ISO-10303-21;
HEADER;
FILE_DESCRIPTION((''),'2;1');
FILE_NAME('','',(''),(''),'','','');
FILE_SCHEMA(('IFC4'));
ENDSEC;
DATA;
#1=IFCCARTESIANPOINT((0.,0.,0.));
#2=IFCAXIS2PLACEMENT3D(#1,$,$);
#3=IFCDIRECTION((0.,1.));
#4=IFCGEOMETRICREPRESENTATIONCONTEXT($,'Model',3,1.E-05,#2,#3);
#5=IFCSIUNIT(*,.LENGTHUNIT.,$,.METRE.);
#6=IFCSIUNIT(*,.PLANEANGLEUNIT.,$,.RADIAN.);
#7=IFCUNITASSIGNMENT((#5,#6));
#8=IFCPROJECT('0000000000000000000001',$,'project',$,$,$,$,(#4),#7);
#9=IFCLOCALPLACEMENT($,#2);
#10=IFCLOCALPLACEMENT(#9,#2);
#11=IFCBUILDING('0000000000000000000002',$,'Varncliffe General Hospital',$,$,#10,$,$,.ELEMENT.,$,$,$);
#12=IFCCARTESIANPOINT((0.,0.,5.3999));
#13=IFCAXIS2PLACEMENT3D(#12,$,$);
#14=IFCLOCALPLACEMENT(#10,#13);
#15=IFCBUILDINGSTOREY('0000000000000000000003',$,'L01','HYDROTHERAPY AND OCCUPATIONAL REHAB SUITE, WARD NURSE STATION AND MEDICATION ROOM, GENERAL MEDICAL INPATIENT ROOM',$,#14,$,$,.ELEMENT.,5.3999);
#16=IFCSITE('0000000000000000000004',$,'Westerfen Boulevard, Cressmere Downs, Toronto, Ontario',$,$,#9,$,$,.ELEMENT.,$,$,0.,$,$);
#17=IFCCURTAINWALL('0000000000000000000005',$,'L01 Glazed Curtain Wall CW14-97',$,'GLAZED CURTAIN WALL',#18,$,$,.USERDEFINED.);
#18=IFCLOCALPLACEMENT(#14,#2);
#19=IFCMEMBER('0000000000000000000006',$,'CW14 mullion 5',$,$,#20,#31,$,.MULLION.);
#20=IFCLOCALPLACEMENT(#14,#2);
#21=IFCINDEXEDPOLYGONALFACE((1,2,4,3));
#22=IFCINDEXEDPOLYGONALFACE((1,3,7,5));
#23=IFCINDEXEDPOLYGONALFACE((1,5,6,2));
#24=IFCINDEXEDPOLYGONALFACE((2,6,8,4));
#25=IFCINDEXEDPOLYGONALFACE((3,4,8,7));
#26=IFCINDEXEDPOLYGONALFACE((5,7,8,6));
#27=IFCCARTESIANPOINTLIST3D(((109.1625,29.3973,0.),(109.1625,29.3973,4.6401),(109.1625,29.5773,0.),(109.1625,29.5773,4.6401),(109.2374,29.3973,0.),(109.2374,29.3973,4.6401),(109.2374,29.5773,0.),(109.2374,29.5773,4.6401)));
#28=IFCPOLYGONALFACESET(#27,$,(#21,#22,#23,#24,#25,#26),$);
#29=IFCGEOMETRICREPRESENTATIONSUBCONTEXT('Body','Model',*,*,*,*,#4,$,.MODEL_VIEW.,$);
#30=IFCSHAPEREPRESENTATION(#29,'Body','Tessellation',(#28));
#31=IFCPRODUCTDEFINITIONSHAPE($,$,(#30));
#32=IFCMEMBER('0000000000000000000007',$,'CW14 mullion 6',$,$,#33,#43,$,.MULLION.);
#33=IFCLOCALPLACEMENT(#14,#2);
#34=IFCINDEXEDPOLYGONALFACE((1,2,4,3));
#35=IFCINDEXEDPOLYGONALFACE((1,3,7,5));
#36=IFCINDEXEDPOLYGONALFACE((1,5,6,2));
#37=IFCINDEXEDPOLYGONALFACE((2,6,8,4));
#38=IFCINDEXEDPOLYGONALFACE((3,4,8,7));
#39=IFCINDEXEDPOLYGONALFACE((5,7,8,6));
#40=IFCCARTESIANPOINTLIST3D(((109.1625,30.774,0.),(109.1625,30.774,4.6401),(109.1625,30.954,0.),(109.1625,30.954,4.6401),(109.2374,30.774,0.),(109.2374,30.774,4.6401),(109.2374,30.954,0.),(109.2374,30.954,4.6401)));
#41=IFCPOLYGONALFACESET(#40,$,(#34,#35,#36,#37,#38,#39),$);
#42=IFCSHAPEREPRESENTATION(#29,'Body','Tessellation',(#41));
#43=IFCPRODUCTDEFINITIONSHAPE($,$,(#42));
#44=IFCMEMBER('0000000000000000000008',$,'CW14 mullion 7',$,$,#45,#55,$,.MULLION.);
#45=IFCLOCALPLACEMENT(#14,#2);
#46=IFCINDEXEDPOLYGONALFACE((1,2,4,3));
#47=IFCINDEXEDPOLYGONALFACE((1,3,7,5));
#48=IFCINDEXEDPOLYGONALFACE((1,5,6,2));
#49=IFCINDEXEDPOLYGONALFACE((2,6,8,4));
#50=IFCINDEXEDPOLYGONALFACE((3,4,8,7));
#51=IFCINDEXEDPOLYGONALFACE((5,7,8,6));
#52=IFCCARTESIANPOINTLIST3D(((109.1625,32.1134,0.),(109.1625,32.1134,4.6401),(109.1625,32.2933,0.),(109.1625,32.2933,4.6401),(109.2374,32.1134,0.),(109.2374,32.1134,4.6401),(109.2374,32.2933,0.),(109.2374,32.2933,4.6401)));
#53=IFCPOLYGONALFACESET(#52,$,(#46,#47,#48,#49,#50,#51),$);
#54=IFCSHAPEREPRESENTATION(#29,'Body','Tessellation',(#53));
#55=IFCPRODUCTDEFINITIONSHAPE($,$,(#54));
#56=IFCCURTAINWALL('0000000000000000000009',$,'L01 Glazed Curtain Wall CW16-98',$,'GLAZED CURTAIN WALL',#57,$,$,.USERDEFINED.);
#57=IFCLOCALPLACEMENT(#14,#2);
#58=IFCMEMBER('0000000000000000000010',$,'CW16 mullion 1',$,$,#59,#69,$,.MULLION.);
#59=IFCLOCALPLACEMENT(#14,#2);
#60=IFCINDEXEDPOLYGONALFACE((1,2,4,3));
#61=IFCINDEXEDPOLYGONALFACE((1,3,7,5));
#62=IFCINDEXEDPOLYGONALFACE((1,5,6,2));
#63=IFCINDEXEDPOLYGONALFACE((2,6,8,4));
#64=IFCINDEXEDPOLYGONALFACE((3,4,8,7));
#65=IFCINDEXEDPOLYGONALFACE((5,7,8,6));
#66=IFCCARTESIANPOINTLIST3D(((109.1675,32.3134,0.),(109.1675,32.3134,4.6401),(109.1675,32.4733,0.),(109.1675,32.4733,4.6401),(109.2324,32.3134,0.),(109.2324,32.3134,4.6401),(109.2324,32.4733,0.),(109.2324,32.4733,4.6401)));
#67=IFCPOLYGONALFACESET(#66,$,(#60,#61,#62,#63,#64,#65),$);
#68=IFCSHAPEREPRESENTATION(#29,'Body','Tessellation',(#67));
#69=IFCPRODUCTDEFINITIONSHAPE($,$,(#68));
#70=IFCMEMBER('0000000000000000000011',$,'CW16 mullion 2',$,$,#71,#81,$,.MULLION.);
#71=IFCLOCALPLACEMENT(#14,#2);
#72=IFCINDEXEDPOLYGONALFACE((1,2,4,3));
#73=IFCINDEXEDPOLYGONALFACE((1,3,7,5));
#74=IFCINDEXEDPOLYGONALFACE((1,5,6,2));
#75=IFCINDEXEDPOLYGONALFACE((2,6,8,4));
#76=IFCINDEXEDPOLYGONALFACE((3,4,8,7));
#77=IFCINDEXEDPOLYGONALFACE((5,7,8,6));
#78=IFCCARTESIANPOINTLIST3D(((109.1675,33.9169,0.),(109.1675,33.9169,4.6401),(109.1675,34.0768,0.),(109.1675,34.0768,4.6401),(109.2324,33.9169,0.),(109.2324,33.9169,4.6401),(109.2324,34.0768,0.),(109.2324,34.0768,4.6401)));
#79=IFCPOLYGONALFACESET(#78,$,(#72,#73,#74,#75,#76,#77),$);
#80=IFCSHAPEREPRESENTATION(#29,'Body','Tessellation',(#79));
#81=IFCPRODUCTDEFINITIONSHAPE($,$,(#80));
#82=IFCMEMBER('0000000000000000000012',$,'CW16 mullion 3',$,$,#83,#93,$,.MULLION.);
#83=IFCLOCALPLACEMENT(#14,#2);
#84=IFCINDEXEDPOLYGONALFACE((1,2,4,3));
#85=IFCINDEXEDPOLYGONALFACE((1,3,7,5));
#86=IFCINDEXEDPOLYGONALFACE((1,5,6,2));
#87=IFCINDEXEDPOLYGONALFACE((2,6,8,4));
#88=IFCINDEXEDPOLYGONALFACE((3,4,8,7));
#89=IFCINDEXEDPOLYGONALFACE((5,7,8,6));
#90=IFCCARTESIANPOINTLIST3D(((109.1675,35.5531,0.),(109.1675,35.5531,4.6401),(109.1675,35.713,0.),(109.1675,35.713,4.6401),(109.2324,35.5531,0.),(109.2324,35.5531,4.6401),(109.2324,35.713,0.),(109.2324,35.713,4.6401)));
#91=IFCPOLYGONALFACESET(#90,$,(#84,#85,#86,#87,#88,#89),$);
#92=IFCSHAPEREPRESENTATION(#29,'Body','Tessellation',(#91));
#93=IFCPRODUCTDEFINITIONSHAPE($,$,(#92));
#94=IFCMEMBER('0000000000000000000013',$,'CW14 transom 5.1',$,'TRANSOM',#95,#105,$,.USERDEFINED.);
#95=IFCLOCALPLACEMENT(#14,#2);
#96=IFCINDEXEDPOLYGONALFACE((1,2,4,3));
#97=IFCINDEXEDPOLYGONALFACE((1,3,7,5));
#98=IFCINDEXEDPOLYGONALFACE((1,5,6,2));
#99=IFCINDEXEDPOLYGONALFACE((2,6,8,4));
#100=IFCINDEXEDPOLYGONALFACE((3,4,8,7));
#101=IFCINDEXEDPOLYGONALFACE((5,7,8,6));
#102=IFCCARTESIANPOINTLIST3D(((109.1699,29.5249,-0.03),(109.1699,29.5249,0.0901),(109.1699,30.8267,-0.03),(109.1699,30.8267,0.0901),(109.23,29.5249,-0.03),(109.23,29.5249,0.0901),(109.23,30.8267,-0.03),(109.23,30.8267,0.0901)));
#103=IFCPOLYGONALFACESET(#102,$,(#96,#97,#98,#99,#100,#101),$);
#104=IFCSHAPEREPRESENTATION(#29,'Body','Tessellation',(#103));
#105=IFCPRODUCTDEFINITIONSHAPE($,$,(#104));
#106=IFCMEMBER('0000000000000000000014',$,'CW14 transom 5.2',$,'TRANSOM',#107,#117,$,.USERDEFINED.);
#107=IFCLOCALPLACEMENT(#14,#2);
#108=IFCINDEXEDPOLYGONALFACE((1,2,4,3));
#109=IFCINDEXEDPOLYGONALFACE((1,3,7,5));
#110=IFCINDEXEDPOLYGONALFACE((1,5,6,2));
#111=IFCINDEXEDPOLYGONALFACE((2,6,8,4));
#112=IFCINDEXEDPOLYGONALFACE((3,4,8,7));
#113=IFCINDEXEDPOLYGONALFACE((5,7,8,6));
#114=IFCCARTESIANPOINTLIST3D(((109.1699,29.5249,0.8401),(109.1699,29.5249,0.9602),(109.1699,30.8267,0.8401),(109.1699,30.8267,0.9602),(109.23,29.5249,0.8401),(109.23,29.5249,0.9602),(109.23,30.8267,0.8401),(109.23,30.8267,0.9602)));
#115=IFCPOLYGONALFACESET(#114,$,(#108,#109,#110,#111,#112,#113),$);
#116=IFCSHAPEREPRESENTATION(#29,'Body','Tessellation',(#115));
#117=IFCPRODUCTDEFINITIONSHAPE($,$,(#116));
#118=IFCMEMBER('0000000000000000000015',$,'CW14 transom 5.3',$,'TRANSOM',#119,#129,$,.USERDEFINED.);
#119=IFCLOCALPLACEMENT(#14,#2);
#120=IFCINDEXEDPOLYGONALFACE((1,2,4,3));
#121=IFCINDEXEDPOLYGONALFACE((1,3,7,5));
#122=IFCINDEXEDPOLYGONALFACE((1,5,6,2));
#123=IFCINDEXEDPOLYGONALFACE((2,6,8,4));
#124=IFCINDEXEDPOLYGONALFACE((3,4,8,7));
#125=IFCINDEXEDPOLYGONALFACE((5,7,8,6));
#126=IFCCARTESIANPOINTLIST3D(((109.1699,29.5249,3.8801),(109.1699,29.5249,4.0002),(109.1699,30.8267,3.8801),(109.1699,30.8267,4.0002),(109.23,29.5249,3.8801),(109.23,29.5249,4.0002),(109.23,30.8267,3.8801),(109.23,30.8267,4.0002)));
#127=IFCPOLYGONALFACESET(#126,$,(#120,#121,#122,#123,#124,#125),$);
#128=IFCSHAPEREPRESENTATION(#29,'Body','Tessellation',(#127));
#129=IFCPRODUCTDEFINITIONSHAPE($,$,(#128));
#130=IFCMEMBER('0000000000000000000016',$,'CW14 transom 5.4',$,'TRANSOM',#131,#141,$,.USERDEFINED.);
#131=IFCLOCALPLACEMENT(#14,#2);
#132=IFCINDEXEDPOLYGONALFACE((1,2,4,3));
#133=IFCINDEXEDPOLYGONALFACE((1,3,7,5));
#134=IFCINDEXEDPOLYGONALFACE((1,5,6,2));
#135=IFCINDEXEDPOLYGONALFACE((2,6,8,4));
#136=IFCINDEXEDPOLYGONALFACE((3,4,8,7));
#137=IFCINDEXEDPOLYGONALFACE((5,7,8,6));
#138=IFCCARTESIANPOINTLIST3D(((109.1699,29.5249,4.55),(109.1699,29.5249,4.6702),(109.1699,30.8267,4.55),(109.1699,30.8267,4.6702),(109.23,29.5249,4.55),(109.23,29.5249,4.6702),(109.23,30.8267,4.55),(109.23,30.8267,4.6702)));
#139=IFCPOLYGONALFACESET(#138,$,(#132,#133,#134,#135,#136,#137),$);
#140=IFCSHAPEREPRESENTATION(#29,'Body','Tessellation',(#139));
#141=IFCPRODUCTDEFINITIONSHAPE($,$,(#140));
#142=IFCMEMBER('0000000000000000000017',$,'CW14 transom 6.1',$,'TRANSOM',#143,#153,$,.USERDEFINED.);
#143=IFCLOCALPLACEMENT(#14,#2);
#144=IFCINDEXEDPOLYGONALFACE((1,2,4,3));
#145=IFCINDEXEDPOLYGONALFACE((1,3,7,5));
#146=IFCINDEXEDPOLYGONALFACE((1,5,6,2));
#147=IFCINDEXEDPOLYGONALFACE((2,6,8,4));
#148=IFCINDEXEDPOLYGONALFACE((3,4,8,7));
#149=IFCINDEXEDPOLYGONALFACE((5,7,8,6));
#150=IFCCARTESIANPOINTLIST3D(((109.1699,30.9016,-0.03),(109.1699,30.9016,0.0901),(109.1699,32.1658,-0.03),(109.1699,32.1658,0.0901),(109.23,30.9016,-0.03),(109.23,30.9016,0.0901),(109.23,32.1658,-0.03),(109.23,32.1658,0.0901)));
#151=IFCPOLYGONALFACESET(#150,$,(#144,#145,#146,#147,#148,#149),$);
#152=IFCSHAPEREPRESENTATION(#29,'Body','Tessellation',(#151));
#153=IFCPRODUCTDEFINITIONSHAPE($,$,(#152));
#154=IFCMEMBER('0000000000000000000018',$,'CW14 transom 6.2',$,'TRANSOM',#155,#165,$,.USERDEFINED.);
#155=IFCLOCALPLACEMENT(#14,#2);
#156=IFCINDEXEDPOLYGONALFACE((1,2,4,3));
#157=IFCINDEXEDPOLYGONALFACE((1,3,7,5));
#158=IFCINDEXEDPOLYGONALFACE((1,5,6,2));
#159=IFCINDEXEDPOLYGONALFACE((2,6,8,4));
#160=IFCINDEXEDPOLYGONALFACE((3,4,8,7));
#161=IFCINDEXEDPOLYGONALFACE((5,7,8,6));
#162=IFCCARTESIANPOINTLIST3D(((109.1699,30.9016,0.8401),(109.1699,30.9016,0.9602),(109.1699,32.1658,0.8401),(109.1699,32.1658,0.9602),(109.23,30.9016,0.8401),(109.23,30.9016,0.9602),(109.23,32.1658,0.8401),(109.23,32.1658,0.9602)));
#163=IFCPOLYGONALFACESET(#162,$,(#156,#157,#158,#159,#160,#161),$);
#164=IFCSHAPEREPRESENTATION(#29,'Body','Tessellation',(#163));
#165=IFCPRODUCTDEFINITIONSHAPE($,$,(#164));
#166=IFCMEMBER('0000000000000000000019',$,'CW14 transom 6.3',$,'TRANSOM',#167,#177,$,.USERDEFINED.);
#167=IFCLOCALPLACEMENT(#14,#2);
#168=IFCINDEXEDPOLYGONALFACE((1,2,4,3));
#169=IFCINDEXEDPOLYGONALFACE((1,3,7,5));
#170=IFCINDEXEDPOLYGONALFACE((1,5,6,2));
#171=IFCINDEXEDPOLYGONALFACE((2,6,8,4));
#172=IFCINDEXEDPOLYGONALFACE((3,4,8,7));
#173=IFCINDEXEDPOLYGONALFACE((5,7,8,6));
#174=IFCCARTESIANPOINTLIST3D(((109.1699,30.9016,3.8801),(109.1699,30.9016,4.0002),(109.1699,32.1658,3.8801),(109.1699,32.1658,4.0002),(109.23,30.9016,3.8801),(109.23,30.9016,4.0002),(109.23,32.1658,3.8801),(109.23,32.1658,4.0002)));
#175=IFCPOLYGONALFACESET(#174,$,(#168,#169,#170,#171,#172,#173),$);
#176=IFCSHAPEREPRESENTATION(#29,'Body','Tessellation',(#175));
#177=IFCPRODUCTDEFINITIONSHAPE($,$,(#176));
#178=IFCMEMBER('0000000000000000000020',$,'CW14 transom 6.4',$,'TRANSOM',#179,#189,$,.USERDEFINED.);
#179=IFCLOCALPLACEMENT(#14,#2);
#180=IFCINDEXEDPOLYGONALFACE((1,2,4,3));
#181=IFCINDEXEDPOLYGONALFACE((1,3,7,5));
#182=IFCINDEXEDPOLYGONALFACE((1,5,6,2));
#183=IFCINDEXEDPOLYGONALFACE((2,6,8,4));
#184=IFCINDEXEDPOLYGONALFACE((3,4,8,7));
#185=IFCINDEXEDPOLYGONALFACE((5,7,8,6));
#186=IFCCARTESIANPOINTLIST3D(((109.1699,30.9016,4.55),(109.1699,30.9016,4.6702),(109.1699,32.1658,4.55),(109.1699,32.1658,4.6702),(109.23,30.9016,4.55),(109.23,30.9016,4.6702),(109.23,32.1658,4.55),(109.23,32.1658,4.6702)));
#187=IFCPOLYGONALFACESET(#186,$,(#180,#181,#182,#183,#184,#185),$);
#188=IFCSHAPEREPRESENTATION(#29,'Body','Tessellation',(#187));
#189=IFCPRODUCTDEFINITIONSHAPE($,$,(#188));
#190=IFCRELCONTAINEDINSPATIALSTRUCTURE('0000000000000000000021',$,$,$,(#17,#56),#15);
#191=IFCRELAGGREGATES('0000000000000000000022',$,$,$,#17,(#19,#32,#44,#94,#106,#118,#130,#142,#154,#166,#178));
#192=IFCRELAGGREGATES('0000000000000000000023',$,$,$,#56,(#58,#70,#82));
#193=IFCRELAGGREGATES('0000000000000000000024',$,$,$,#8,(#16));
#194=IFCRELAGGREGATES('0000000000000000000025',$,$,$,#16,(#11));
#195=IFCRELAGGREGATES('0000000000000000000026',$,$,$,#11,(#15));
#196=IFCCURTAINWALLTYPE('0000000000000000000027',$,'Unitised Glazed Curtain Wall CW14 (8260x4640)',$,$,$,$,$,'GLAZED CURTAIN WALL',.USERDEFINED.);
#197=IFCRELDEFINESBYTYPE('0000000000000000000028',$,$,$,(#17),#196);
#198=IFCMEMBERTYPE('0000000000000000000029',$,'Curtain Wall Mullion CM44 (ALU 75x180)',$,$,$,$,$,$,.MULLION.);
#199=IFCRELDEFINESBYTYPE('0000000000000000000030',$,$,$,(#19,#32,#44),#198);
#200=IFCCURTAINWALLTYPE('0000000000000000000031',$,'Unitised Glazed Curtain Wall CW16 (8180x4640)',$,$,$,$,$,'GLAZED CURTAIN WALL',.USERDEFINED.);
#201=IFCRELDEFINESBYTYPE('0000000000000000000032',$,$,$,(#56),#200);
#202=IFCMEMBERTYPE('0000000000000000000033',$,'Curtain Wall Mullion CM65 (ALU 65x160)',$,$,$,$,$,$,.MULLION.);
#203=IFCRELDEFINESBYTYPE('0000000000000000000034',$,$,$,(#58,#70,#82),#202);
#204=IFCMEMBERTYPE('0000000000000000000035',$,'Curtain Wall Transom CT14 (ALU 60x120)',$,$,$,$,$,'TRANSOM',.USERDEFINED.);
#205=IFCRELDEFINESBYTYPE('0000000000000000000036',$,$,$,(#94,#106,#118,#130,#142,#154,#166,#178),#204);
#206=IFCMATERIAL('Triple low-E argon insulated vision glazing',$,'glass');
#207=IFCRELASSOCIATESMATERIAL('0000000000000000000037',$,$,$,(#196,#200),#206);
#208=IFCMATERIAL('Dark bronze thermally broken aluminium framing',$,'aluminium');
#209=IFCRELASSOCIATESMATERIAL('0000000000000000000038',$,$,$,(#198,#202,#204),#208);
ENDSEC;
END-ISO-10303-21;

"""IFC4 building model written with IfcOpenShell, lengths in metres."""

from ifc_helpers import new_model, si_unit, direction, frame, origin, origin_2d, place, context, subcontext, project, spatial, rectangle, extrude, material, material_profile, profile_set, type_object, element, aggregate, save


model = new_model("IFC4")

# Units and contexts
model_context = context("Model", 3, precision=1e-05, world=origin(), true_north=direction((0.0, 1.0)))
body_context = subcontext(model_context, "Body", "Model", "MODEL_VIEW")
ifc_project = project(units=[si_unit("LENGTHUNIT", "METRE"), si_unit("PLANEANGLEUNIT", "RADIAN")], contexts=[model_context])

# Site, building, storey
site_placement = place(None, origin())
site = spatial("IfcSite", under=ifc_project, at=site_placement, Name="Westerfen Boulevard, Cressmere Downs, Toronto, Ontario", CompositionType="ELEMENT", RefElevation=0.0)
building_placement = place(site_placement, origin())
building = spatial("IfcBuilding", under=site, at=building_placement, Name="Varncliffe General Hospital", CompositionType="ELEMENT")
storey_placement = place(building_placement, frame((0.0, 0.0, 5.3999)))
storey = spatial("IfcBuildingStorey", under=building, at=storey_placement, Name="L01", Description="HYDROTHERAPY AND OCCUPATIONAL REHAB SUITE, WARD NURSE STATION AND MEDICATION ROOM, GENERAL MEDICAL INPATIENT ROOM", CompositionType="ELEMENT", Elevation=5.3999)

# Curtain walls, members
ifc_material_1 = material(Name="Triple low-E argon insulated vision glazing", Category="glass")
curtain_wall_type_1 = type_object("IfcCurtainWallType", Name="Unitised Glazed Curtain Wall CW14 (8260x4640)", ElementType="GLAZED CURTAIN WALL", PredefinedType="USERDEFINED", material=ifc_material_1)
curtain_wall_1_placement = place(storey_placement, origin())
curtain_wall_1 = element("IfcCurtainWall", 1, at=curtain_wall_1_placement, inside=storey, type_object=curtain_wall_type_1, Name="L01 Glazed Curtain Wall CW14-97", ObjectType="GLAZED CURTAIN WALL", PredefinedType="USERDEFINED")
ifc_material_2 = material(Name="Dark bronze thermally broken aluminium framing", Category="aluminium")
ifc_material_profile_1 = material_profile(ifc_material_2, rectangle(XDim=0.075, YDim=0.1799, at=origin_2d()), Name="ALU 75x180")
ifc_profile_set_1 = profile_set([ifc_material_profile_1], Name="Dark bronze thermally broken aluminium framing")
member_type_1 = type_object("IfcMemberType", Name="Curtain Wall Mullion CM44 (ALU 75x180)", PredefinedType="MULLION", material=ifc_profile_set_1)
member_1_placement = place(storey_placement, frame((109.2, 29.4873, 0.0), z_axis=(0.0, 0.0, 1.0), x_axis=(-1.0, 0.0, 0.0)))
member_1 = element("IfcMember", 2, at=member_1_placement, type_object=member_type_1, Name="CW14 mullion 5", PredefinedType="MULLION", context=body_context, shape_type="SweptSolid", body=[
    extrude(rectangle(XDim=0.075, YDim=0.1799, at=origin_2d()), origin(), (0.0, 0.0, 1.0), 4.6401),
])
member_2_placement = place(storey_placement, frame((109.2, 30.864, 0.0), z_axis=(0.0, 0.0, 1.0), x_axis=(-1.0, 0.0, 0.0)))
member_2 = element("IfcMember", 3, at=member_2_placement, type_object=member_type_1, Name="CW14 mullion 6", PredefinedType="MULLION", context=body_context, shape_type="SweptSolid", body=[
    extrude(rectangle(XDim=0.075, YDim=0.1799, at=origin_2d()), origin(), (0.0, 0.0, 1.0), 4.6401),
])
member_3_placement = place(storey_placement, frame((109.2, 32.2034, 0.0), z_axis=(0.0, 0.0, 1.0), x_axis=(-1.0, 0.0, 0.0)))
member_3 = element("IfcMember", 4, at=member_3_placement, type_object=member_type_1, Name="CW14 mullion 7", PredefinedType="MULLION", context=body_context, shape_type="SweptSolid", body=[
    extrude(rectangle(XDim=0.075, YDim=0.1799, at=origin_2d()), origin(), (0.0, 0.0, 1.0), 4.6401),
])
curtain_wall_type_2 = type_object("IfcCurtainWallType", Name="Unitised Glazed Curtain Wall CW16 (8180x4640)", ElementType="GLAZED CURTAIN WALL", PredefinedType="USERDEFINED", material=ifc_material_1)
curtain_wall_2_placement = place(storey_placement, origin())
curtain_wall_2 = element("IfcCurtainWall", 5, at=curtain_wall_2_placement, inside=storey, type_object=curtain_wall_type_2, Name="L01 Glazed Curtain Wall CW16-98", ObjectType="GLAZED CURTAIN WALL", PredefinedType="USERDEFINED")
ifc_material_profile_2 = material_profile(ifc_material_2, rectangle(XDim=0.0649, YDim=0.1599, at=origin_2d()), Name="ALU 65x160")
ifc_profile_set_2 = profile_set([ifc_material_profile_2], Name="Dark bronze thermally broken aluminium framing")
member_type_2 = type_object("IfcMemberType", Name="Curtain Wall Mullion CM65 (ALU 65x160)", PredefinedType="MULLION", material=ifc_profile_set_2)
member_4_placement = place(storey_placement, frame((109.2, 32.3933, 0.0), z_axis=(0.0, 0.0, 1.0), x_axis=(-1.0, 0.0, 0.0)))
member_4 = element("IfcMember", 6, at=member_4_placement, type_object=member_type_2, Name="CW16 mullion 1", PredefinedType="MULLION", context=body_context, shape_type="SweptSolid", body=[
    extrude(rectangle(XDim=0.0649, YDim=0.1599, at=origin_2d()), origin(), (0.0, 0.0, 1.0), 4.6401),
])
member_5_placement = place(storey_placement, frame((109.2, 33.9968, 0.0), z_axis=(0.0, 0.0, 1.0), x_axis=(-1.0, 0.0, 0.0)))
member_5 = element("IfcMember", 7, at=member_5_placement, type_object=member_type_2, Name="CW16 mullion 2", PredefinedType="MULLION", context=body_context, shape_type="SweptSolid", body=[
    extrude(rectangle(XDim=0.0649, YDim=0.1599, at=origin_2d()), origin(), (0.0, 0.0, 1.0), 4.6401),
])
member_6_placement = place(storey_placement, frame((109.2, 35.6331, 0.0), z_axis=(0.0, 0.0, 1.0), x_axis=(-1.0, 0.0, 0.0)))
member_6 = element("IfcMember", 8, at=member_6_placement, type_object=member_type_2, Name="CW16 mullion 3", PredefinedType="MULLION", context=body_context, shape_type="SweptSolid", body=[
    extrude(rectangle(XDim=0.0649, YDim=0.1599, at=origin_2d()), origin(), (0.0, 0.0, 1.0), 4.6401),
])

# Members
ifc_material_profile_3 = material_profile(ifc_material_2, rectangle(XDim=0.0601, YDim=0.1201, at=origin_2d()), Name="ALU 60x120")
ifc_profile_set_3 = profile_set([ifc_material_profile_3], Name="Dark bronze thermally broken aluminium framing")
member_type_3 = type_object("IfcMemberType", Name="Curtain Wall Transom CT14 (ALU 60x120)", ElementType="TRANSOM", PredefinedType="USERDEFINED", material=ifc_profile_set_3)
member_7_placement = place(storey_placement, frame((109.2, 29.5249, 0.03), z_axis=(0.0, 1.0, 0.0), x_axis=(-1.0, 0.0, 0.0)))
member_7 = element("IfcMember", 9, at=member_7_placement, type_object=member_type_3, Name="CW14 transom 5.1", ObjectType="TRANSOM", PredefinedType="USERDEFINED", context=body_context, shape_type="SweptSolid", body=[
    extrude(rectangle(XDim=0.0601, YDim=0.1201, at=origin_2d()), origin(), (0.0, 0.0, 1.0), 1.3018),
])
member_8_placement = place(storey_placement, frame((109.2, 29.5249, 0.9001), z_axis=(0.0, 1.0, 0.0), x_axis=(-1.0, 0.0, 0.0)))
member_8 = element("IfcMember", 10, at=member_8_placement, type_object=member_type_3, Name="CW14 transom 5.2", ObjectType="TRANSOM", PredefinedType="USERDEFINED", context=body_context, shape_type="SweptSolid", body=[
    extrude(rectangle(XDim=0.0601, YDim=0.1201, at=origin_2d()), origin(), (0.0, 0.0, 1.0), 1.3018),
])
member_9_placement = place(storey_placement, frame((109.2, 29.5249, 3.9402), z_axis=(0.0, 1.0, 0.0), x_axis=(-1.0, 0.0, 0.0)))
member_9 = element("IfcMember", 11, at=member_9_placement, type_object=member_type_3, Name="CW14 transom 5.3", ObjectType="TRANSOM", PredefinedType="USERDEFINED", context=body_context, shape_type="SweptSolid", body=[
    extrude(rectangle(XDim=0.0601, YDim=0.1201, at=origin_2d()), origin(), (0.0, 0.0, 1.0), 1.3018),
])
member_10_placement = place(storey_placement, frame((109.2, 29.5249, 4.6101), z_axis=(0.0, 1.0, 0.0), x_axis=(-1.0, 0.0, 0.0)))
member_10 = element("IfcMember", 12, at=member_10_placement, type_object=member_type_3, Name="CW14 transom 5.4", ObjectType="TRANSOM", PredefinedType="USERDEFINED", context=body_context, shape_type="SweptSolid", body=[
    extrude(rectangle(XDim=0.0601, YDim=0.1201, at=origin_2d()), origin(), (0.0, 0.0, 1.0), 1.3018),
])
member_11_placement = place(storey_placement, frame((109.2, 30.9016, 0.03), z_axis=(0.0, 1.0, 0.0), x_axis=(-1.0, 0.0, 0.0)))
member_11 = element("IfcMember", 13, at=member_11_placement, type_object=member_type_3, Name="CW14 transom 6.1", ObjectType="TRANSOM", PredefinedType="USERDEFINED", context=body_context, shape_type="SweptSolid", body=[
    extrude(rectangle(XDim=0.0601, YDim=0.1201, at=origin_2d()), origin(), (0.0, 0.0, 1.0), 1.2642),
])
member_12_placement = place(storey_placement, frame((109.2, 30.9016, 0.9001), z_axis=(0.0, 1.0, 0.0), x_axis=(-1.0, 0.0, 0.0)))
member_12 = element("IfcMember", 14, at=member_12_placement, type_object=member_type_3, Name="CW14 transom 6.2", ObjectType="TRANSOM", PredefinedType="USERDEFINED", context=body_context, shape_type="SweptSolid", body=[
    extrude(rectangle(XDim=0.0601, YDim=0.1201, at=origin_2d()), origin(), (0.0, 0.0, 1.0), 1.2642),
])
member_13_placement = place(storey_placement, frame((109.2, 30.9016, 3.9402), z_axis=(0.0, 1.0, 0.0), x_axis=(-1.0, 0.0, 0.0)))
member_13 = element("IfcMember", 15, at=member_13_placement, type_object=member_type_3, Name="CW14 transom 6.3", ObjectType="TRANSOM", PredefinedType="USERDEFINED", context=body_context, shape_type="SweptSolid", body=[
    extrude(rectangle(XDim=0.0601, YDim=0.1201, at=origin_2d()), origin(), (0.0, 0.0, 1.0), 1.2642),
])
member_14_placement = place(storey_placement, frame((109.2, 30.9016, 4.6101), z_axis=(0.0, 1.0, 0.0), x_axis=(-1.0, 0.0, 0.0)))
member_14 = element("IfcMember", 16, at=member_14_placement, type_object=member_type_3, Name="CW14 transom 6.4", ObjectType="TRANSOM", PredefinedType="USERDEFINED", context=body_context, shape_type="SweptSolid", body=[
    extrude(rectangle(XDim=0.0601, YDim=0.1201, at=origin_2d()), origin(), (0.0, 0.0, 1.0), 1.2642),
])

aggregate(curtain_wall_1, [member_1, member_2, member_3, member_7, member_8, member_9, member_10, member_11, member_12, member_13, member_14])
aggregate(curtain_wall_2, [member_4, member_5, member_6])

save(model, "model.ifc")
